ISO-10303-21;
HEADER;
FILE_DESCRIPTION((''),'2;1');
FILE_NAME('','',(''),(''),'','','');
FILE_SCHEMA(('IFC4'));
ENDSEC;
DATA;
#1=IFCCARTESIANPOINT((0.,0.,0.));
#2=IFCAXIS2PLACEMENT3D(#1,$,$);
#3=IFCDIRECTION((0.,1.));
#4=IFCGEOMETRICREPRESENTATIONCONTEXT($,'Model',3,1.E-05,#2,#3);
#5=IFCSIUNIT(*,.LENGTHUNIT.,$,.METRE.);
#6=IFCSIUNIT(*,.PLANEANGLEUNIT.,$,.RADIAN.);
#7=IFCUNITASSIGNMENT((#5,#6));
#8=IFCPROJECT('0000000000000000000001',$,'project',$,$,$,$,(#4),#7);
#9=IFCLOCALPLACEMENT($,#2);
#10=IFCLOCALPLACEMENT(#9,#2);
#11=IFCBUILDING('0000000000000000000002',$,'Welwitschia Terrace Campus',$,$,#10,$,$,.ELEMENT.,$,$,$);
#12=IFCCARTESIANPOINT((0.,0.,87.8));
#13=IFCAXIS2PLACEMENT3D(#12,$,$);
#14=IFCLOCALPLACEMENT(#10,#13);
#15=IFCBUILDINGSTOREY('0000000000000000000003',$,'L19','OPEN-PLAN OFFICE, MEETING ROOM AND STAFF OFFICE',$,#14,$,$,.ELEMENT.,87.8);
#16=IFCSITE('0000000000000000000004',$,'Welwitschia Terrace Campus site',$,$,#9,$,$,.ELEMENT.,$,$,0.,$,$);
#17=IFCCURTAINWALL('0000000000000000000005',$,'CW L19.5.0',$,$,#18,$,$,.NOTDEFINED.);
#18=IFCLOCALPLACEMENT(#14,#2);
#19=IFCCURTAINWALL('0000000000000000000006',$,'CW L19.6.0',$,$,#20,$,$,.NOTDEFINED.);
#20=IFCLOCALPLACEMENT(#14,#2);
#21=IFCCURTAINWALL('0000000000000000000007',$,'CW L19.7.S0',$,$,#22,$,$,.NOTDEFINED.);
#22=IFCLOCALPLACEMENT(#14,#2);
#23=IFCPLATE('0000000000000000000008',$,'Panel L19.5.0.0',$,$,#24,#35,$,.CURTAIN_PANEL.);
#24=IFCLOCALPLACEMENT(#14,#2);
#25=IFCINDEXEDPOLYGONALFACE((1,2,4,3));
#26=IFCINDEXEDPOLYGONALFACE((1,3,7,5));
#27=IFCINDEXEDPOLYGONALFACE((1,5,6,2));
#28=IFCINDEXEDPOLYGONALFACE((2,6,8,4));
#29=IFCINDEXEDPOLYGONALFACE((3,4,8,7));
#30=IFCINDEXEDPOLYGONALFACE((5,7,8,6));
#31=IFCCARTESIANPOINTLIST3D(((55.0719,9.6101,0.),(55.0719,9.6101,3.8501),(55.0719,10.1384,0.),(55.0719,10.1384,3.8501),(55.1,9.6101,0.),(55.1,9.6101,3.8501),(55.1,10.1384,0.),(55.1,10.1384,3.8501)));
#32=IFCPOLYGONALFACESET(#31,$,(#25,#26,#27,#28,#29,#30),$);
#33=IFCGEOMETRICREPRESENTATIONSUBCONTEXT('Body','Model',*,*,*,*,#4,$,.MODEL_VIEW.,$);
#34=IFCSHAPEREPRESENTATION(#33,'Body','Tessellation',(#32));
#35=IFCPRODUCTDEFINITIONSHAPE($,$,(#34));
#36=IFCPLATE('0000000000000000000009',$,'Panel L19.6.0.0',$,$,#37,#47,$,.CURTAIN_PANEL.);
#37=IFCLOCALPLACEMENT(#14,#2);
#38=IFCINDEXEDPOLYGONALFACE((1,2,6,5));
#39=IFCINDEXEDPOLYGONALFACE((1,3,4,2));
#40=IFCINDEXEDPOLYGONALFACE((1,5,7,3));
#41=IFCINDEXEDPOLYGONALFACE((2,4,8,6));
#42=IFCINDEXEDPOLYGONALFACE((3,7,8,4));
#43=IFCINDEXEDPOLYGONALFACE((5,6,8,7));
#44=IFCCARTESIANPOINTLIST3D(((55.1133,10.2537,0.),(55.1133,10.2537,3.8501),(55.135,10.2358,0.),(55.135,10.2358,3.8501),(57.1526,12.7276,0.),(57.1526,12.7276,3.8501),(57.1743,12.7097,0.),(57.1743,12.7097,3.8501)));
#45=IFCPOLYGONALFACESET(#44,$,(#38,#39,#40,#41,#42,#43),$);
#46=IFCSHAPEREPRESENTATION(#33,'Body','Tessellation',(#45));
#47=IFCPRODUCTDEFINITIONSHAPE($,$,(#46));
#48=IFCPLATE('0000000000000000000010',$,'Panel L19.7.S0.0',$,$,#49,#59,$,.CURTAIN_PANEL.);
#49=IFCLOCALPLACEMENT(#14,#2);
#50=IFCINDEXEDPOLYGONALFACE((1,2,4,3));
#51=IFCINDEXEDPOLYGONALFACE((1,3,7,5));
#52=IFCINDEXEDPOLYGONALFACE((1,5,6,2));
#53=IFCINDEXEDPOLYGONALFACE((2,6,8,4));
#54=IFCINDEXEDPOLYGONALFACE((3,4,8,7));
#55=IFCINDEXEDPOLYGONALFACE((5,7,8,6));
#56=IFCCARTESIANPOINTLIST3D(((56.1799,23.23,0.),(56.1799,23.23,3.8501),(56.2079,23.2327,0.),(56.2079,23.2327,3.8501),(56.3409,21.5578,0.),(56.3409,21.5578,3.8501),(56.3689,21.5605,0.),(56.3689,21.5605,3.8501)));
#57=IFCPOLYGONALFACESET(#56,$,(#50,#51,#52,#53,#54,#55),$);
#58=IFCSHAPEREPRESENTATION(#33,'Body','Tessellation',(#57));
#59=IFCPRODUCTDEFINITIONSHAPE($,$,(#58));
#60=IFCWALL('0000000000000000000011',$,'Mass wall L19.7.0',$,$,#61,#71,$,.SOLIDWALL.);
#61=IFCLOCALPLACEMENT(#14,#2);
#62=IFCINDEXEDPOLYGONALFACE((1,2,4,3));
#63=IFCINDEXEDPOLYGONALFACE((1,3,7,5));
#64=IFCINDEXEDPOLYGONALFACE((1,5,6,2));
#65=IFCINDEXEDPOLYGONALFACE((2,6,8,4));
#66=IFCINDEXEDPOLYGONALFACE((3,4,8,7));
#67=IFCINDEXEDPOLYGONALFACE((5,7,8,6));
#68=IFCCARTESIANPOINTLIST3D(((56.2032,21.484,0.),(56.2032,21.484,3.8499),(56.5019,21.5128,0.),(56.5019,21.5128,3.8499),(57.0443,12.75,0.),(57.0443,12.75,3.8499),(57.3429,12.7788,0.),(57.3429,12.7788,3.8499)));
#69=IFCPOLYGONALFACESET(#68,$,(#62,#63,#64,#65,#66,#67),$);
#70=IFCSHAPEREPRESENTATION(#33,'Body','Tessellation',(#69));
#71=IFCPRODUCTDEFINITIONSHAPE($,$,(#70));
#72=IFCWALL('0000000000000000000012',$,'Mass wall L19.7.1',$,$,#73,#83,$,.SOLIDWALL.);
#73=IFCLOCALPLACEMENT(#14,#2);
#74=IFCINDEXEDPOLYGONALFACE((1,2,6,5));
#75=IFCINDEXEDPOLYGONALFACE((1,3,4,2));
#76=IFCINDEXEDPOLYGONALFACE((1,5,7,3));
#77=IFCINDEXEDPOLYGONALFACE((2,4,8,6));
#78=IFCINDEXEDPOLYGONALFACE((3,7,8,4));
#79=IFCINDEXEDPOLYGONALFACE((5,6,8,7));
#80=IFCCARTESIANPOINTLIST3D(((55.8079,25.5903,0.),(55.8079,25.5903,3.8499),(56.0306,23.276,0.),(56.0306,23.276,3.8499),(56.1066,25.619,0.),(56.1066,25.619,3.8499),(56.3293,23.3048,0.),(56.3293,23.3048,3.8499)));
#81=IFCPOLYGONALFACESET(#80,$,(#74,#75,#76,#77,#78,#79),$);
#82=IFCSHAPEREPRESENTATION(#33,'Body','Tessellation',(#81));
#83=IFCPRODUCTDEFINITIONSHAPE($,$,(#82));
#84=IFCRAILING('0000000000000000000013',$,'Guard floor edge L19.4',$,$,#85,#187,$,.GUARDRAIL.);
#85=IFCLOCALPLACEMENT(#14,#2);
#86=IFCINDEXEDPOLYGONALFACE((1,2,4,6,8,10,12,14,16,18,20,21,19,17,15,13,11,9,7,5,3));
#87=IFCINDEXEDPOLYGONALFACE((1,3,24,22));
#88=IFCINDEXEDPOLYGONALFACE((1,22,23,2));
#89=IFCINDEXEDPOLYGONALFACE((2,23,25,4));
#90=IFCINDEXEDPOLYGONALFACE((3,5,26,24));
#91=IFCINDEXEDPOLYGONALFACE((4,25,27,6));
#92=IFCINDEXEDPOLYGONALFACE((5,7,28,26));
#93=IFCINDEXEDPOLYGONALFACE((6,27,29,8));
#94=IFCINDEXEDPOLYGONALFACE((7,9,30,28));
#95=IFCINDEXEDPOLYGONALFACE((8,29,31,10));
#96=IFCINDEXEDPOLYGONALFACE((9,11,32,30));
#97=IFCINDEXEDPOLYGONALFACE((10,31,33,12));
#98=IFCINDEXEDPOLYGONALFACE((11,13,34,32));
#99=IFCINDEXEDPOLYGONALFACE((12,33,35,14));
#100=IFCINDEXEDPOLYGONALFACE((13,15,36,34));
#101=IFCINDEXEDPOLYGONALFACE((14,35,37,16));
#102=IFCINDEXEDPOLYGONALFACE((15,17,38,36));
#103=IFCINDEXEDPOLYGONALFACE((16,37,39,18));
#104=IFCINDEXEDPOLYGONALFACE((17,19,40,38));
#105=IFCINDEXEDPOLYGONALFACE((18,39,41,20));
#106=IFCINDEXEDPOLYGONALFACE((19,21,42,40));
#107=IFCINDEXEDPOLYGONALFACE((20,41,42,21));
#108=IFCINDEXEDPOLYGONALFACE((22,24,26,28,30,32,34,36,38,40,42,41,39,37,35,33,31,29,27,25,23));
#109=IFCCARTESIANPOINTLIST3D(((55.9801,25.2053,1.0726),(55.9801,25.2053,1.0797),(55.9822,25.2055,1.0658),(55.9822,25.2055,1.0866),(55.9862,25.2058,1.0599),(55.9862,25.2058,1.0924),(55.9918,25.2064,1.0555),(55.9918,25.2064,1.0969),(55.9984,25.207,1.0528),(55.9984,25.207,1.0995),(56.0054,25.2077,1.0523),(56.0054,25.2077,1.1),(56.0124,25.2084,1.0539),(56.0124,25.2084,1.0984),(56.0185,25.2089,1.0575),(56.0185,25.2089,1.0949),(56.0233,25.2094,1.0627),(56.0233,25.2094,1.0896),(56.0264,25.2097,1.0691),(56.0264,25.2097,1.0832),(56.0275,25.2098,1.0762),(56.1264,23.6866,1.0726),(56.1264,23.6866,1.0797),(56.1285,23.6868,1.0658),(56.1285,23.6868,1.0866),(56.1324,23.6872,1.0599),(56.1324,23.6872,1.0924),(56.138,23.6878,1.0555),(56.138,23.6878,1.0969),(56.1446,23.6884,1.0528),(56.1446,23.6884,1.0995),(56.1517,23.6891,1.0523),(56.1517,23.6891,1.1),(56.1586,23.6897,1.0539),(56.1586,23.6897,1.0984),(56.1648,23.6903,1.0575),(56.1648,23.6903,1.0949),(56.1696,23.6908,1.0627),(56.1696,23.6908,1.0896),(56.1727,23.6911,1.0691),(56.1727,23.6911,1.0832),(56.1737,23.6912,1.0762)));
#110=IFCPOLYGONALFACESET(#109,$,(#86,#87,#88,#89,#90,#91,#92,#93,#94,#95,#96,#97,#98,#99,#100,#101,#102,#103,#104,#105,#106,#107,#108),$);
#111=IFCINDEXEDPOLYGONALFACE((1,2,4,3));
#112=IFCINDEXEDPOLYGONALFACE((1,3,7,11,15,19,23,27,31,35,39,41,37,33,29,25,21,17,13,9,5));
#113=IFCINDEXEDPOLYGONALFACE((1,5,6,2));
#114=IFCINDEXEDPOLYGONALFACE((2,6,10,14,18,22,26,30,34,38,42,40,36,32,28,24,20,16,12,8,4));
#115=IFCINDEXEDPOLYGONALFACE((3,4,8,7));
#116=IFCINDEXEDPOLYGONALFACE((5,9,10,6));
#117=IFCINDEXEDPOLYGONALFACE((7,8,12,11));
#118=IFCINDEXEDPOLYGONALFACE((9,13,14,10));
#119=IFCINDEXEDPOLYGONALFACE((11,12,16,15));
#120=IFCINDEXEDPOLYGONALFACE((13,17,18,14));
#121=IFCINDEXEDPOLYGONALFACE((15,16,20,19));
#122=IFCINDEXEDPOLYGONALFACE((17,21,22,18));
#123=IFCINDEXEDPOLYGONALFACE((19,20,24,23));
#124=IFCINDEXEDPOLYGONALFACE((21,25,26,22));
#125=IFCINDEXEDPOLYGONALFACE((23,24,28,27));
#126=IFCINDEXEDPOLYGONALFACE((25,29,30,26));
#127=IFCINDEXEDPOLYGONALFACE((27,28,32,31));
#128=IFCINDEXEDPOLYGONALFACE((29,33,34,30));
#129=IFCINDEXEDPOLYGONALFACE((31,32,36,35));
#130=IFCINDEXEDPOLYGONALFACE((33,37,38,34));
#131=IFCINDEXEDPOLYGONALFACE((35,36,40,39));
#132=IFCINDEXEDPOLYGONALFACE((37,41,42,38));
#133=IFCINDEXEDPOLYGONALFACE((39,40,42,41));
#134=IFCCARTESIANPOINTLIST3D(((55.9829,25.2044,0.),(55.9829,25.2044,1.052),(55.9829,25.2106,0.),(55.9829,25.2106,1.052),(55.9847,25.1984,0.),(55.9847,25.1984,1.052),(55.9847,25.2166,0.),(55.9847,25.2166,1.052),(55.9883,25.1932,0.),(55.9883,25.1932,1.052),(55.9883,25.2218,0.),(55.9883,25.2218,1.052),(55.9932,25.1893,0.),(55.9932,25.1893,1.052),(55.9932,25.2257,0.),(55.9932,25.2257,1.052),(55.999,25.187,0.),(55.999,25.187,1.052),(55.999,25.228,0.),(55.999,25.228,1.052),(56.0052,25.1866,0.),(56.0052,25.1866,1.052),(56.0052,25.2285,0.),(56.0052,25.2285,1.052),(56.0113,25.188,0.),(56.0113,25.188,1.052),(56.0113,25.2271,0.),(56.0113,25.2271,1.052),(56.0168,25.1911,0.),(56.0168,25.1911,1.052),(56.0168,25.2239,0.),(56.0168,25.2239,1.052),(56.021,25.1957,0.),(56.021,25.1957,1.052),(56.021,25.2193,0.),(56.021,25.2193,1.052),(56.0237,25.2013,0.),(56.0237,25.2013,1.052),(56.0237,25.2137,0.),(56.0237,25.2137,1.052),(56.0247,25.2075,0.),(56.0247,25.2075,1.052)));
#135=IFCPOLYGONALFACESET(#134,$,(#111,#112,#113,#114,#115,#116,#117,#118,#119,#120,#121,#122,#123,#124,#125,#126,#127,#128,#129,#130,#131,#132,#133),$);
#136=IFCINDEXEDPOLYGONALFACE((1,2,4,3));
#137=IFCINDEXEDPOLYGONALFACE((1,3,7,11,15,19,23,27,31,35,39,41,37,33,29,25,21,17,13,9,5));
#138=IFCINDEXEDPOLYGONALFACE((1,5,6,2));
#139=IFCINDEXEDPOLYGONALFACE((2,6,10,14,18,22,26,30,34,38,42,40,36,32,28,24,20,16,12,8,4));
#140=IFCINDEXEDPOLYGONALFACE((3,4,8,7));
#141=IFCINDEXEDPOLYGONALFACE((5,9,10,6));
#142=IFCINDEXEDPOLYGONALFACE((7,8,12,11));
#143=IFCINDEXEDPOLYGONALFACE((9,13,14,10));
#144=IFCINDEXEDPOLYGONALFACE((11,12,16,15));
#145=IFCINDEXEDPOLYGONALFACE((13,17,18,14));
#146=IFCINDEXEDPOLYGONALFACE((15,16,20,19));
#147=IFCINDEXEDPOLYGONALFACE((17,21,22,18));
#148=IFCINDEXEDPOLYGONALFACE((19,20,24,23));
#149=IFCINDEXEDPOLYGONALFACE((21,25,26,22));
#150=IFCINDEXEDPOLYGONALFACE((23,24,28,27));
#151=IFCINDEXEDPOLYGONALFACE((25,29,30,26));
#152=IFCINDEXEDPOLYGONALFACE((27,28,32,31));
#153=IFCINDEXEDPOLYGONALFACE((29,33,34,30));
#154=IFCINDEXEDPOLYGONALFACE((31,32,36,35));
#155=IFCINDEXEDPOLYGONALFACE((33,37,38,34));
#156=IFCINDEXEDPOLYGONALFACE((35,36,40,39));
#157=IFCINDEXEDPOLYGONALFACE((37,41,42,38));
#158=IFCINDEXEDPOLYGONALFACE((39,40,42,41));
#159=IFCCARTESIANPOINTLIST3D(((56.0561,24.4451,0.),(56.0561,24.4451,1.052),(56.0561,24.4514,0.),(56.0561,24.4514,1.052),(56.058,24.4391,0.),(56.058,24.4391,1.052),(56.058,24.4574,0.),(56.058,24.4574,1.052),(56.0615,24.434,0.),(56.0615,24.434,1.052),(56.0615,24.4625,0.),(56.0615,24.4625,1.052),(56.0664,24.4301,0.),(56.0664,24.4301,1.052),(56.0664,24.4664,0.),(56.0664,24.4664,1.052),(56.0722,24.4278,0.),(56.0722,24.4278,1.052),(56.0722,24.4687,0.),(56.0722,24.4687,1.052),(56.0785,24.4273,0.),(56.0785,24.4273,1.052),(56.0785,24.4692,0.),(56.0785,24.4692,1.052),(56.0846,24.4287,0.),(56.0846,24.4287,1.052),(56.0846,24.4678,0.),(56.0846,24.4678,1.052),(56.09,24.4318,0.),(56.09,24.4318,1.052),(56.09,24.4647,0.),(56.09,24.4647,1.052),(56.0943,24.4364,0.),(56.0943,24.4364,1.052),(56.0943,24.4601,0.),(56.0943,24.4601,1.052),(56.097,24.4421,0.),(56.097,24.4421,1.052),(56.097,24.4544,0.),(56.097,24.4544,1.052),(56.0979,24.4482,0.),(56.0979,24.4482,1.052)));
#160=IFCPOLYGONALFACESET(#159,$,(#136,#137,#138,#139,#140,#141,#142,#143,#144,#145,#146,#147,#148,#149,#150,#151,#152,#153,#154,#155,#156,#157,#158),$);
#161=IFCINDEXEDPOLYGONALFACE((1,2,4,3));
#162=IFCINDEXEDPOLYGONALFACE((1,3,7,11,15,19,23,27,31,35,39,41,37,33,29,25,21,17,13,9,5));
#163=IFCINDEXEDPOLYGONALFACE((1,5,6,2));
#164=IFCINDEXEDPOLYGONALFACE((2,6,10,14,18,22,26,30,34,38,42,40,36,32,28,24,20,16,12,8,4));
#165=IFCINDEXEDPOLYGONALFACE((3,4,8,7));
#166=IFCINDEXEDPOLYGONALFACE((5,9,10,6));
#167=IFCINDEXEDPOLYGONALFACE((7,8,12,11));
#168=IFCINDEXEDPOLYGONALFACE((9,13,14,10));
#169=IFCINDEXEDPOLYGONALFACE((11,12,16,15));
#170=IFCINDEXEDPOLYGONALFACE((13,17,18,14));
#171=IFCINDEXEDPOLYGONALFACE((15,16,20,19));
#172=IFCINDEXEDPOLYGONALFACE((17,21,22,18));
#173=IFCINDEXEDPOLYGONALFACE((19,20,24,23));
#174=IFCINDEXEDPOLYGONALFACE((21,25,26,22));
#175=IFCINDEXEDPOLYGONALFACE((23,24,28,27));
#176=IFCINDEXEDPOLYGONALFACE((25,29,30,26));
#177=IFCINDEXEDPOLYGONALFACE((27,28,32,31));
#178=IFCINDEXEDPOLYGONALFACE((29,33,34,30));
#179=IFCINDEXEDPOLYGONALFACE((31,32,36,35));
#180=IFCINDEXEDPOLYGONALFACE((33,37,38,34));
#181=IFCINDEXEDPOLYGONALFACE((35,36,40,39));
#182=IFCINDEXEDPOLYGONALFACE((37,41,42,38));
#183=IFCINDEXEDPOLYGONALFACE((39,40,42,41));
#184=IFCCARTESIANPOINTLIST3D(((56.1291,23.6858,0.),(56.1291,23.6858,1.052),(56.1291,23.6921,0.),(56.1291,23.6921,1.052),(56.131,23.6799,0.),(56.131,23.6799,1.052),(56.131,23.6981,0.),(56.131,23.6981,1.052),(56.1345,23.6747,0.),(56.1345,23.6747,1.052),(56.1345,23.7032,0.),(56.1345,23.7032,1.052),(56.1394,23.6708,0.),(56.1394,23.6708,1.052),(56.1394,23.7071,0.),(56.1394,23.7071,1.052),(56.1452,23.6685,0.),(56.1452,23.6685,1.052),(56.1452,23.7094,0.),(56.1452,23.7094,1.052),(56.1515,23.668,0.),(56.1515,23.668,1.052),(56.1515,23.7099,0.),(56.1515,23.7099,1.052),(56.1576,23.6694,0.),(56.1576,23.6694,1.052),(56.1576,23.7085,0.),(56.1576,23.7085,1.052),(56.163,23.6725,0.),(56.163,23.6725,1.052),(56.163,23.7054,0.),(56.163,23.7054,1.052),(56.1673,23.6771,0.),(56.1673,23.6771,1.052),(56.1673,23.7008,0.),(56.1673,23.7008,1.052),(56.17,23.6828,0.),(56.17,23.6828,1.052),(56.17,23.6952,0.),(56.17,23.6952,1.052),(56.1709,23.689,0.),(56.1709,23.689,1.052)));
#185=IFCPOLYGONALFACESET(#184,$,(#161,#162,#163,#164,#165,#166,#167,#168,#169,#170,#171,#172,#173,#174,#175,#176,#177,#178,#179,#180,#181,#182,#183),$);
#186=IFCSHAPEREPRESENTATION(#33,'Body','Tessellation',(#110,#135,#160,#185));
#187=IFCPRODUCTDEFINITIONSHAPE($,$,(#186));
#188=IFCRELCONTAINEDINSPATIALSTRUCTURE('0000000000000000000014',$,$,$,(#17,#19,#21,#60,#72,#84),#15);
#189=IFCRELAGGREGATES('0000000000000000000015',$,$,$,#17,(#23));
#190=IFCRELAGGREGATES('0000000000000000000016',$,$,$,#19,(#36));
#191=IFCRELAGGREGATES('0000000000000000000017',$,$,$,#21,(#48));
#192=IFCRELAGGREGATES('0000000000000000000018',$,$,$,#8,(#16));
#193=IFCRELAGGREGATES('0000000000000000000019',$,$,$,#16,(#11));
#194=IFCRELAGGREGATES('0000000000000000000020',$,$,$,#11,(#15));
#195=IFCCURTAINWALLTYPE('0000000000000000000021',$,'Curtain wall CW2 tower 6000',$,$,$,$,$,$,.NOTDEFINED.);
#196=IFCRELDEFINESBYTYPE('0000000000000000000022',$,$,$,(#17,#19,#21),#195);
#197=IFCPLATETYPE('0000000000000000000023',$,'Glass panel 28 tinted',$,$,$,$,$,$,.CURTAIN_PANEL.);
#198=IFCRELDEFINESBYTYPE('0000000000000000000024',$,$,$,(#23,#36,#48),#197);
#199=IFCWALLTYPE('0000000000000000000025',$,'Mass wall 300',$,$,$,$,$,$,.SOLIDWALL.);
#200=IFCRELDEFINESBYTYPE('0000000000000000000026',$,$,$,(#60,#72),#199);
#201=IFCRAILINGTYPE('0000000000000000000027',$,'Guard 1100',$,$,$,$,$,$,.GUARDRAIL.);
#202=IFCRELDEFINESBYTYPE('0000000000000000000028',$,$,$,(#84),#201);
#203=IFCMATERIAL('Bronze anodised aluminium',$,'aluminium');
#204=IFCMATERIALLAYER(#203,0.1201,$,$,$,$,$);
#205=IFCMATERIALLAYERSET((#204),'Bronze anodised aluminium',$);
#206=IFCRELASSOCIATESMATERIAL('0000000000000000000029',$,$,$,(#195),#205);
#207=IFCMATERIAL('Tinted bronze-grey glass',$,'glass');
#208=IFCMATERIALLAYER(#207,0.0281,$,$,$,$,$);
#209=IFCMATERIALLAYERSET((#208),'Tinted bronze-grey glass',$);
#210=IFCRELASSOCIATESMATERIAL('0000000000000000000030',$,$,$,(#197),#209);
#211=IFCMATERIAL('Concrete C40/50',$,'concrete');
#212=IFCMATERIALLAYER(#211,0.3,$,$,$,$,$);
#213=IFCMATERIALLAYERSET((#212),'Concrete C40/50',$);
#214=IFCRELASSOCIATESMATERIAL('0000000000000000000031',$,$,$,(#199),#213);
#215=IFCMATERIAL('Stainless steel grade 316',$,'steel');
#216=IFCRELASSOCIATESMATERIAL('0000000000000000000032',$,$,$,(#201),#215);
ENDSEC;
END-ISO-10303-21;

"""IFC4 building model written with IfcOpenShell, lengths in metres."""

from ifc_helpers import new_model, si_unit, direction, frame, frame_2d, origin, origin_2d, place, context, subcontext, project, spatial, rectangle, circle, extrude, material, layer, layer_set, type_object, element, aggregate, save


model = new_model("IFC4")

# Units and contexts
model_context = context("Model", 3, precision=1e-05, world=origin(), true_north=direction((0.0, 1.0)))
body_context = subcontext(model_context, "Body", "Model", "MODEL_VIEW")
ifc_project = project(units=[si_unit("LENGTHUNIT", "METRE"), si_unit("PLANEANGLEUNIT", "RADIAN")], contexts=[model_context])

# Site, building, storey
site_placement = place(None, origin())
site = spatial("IfcSite", under=ifc_project, at=site_placement, Name="Welwitschia Terrace Campus site", CompositionType="ELEMENT", RefElevation=0.0)
building_placement = place(site_placement, origin())
building = spatial("IfcBuilding", under=site, at=building_placement, Name="Welwitschia Terrace Campus", CompositionType="ELEMENT")
storey_placement = place(building_placement, frame((0.0, 0.0, 87.8)))
storey = spatial("IfcBuildingStorey", under=building, at=storey_placement, Name="L19", Description="OPEN-PLAN OFFICE, MEETING ROOM AND STAFF OFFICE", CompositionType="ELEMENT", Elevation=87.8)

# Curtain wall
ifc_material_1 = material(Name="Bronze anodised aluminium", Category="aluminium")
ifc_layer_1 = layer(ifc_material_1, 0.1201)
ifc_layer_set_1 = layer_set([ifc_layer_1], Name="Bronze anodised aluminium")
curtain_wall_type = type_object("IfcCurtainWallType", Name="Curtain wall CW2 tower 6000", PredefinedType="NOTDEFINED", material=ifc_layer_set_1)
curtain_wall_1_placement = place(storey_placement, origin())
curtain_wall_1 = element("IfcCurtainWall", 1, at=curtain_wall_1_placement, inside=storey, type_object=curtain_wall_type, Name="CW L19.5.0", PredefinedType="NOTDEFINED")

# Curtain walls
curtain_wall_2_placement = place(storey_placement, origin())
curtain_wall_2 = element("IfcCurtainWall", 2, at=curtain_wall_2_placement, inside=storey, type_object=curtain_wall_type, Name="CW L19.6.0", PredefinedType="NOTDEFINED")
curtain_wall_3_placement = place(storey_placement, origin())
curtain_wall_3 = element("IfcCurtainWall", 3, at=curtain_wall_3_placement, inside=storey, type_object=curtain_wall_type, Name="CW L19.7.S0", PredefinedType="NOTDEFINED")

# Plates
ifc_material_2 = material(Name="Tinted bronze-grey glass", Category="glass")
ifc_layer_2 = layer(ifc_material_2, 0.0281)
ifc_layer_set_2 = layer_set([ifc_layer_2], Name="Tinted bronze-grey glass")
plate_type = type_object("IfcPlateType", Name="Glass panel 28 tinted", PredefinedType="CURTAIN_PANEL", material=ifc_layer_set_2)
plate_1_placement = place(storey_placement, frame((55.0859, 9.8743, 0.0), z_axis=(0.0, 0.0, 1.0), x_axis=(0.0, 1.0, 0.0)))
plate_1 = element("IfcPlate", 4, at=plate_1_placement, type_object=plate_type, Name="Panel L19.5.0.0", PredefinedType="CURTAIN_PANEL", context=body_context, shape_type="SweptSolid", body=[
    extrude(rectangle(XDim=0.5283, YDim=0.0281, at=origin_2d()), origin(), (0.0, 0.0, 1.0), 3.8501),
])
aggregate(curtain_wall_1, [plate_1])
plate_2_placement = place(storey_placement, frame((56.1438, 11.4817, 0.0), z_axis=(0.0, 0.0, 1.0), x_axis=(0.636078, 0.771625, 0.0)))
plate_2 = element("IfcPlate", 5, at=plate_2_placement, type_object=plate_type, Name="Panel L19.6.0.0", PredefinedType="CURTAIN_PANEL", context=body_context, shape_type="SweptSolid", body=[
    extrude(rectangle(XDim=3.2061, YDim=0.0281, at=origin_2d()), origin(), (0.0, 0.0, 1.0), 3.8501),
])
aggregate(curtain_wall_2, [plate_2])
plate_3_placement = place(storey_placement, frame((56.2744, 22.3953, 0.0), z_axis=(0.0, 0.0, 1.0), x_axis=(-0.095846, 0.995396, 0.0)))
plate_3 = element("IfcPlate", 6, at=plate_3_placement, type_object=plate_type, Name="Panel L19.7.S0.0", PredefinedType="CURTAIN_PANEL", context=body_context, shape_type="SweptSolid", body=[
    extrude(rectangle(XDim=1.6799, YDim=0.0281, at=origin_2d()), origin(), (0.0, 0.0, 1.0), 3.8501),
])
aggregate(curtain_wall_3, [plate_3])

# Walls
ifc_material_3 = material(Name="Concrete C40/50", Category="concrete")
ifc_layer_3 = layer(ifc_material_3, 0.3)
ifc_layer_set_3 = layer_set([ifc_layer_3], Name="Concrete C40/50")
wall_type = type_object("IfcWallType", Name="Mass wall 300", PredefinedType="SOLIDWALL", material=ifc_layer_set_3)
wall_1_placement = place(storey_placement, frame((57.1936, 12.7644, 0.0), z_axis=(0.0, 0.0, 1.0), x_axis=(-0.095853, 0.995396, 0.0)))
element("IfcWall", 7, at=wall_1_placement, inside=storey, type_object=wall_type, Name="Mass wall L19.7.0", PredefinedType="SOLIDWALL", context=body_context, shape_type="SweptSolid", body=[
    extrude(rectangle(XDim=8.7744, YDim=0.3, at=frame_2d((4.3872, 0.0))), origin(), (0.0, 0.0, 1.0), 3.8499),
])
wall_2_placement = place(storey_placement, frame((56.1799, 23.2903, 0.0), z_axis=(0.0, 0.0, 1.0), x_axis=(-0.09577, 0.995403, 0.0)))
element("IfcWall", 8, at=wall_2_placement, inside=storey, type_object=wall_type, Name="Mass wall L19.7.1", PredefinedType="SOLIDWALL", context=body_context, shape_type="SweptSolid", body=[
    extrude(rectangle(XDim=2.325, YDim=0.3, at=frame_2d((1.1626, 0.0))), origin(), (0.0, 0.0, 1.0), 3.8499),
])

# Railing
ifc_material_4 = material(Name="Stainless steel grade 316", Category="steel")
railing_type = type_object("IfcRailingType", Name="Guard 1100", PredefinedType="GUARDRAIL", material=ifc_material_4)
railing_1_placement = place(storey_placement, frame((56.0037, 25.2075, 0.0)))
element("IfcRailing", 9, at=railing_1_placement, inside=storey, type_object=railing_type, Name="Guard floor edge L19.4", PredefinedType="GUARDRAIL", context=body_context, shape_type="SweptSolid", body=[
    extrude(circle(Radius=0.0239, at=origin_2d()), frame((0.0, 0.0, 1.0762), z_axis=(0.095859, -0.995395, 0.0), x_axis=(0.995395, 0.095859, 0.0)), (0.0, 0.0, 1.0), 1.5256),
    extrude(circle(Radius=0.021, at=origin_2d()), origin(), (0.0, 0.0, 1.0), 1.052),
    extrude(circle(Radius=0.021, at=origin_2d()), frame((0.0732, -0.7593, 0.0)), (0.0, 0.0, 1.0), 1.052),
    extrude(circle(Radius=0.021, at=origin_2d()), frame((0.1462, -1.5186, 0.0)), (0.0, 0.0, 1.0), 1.052),
])

save(model, "model.ifc")
